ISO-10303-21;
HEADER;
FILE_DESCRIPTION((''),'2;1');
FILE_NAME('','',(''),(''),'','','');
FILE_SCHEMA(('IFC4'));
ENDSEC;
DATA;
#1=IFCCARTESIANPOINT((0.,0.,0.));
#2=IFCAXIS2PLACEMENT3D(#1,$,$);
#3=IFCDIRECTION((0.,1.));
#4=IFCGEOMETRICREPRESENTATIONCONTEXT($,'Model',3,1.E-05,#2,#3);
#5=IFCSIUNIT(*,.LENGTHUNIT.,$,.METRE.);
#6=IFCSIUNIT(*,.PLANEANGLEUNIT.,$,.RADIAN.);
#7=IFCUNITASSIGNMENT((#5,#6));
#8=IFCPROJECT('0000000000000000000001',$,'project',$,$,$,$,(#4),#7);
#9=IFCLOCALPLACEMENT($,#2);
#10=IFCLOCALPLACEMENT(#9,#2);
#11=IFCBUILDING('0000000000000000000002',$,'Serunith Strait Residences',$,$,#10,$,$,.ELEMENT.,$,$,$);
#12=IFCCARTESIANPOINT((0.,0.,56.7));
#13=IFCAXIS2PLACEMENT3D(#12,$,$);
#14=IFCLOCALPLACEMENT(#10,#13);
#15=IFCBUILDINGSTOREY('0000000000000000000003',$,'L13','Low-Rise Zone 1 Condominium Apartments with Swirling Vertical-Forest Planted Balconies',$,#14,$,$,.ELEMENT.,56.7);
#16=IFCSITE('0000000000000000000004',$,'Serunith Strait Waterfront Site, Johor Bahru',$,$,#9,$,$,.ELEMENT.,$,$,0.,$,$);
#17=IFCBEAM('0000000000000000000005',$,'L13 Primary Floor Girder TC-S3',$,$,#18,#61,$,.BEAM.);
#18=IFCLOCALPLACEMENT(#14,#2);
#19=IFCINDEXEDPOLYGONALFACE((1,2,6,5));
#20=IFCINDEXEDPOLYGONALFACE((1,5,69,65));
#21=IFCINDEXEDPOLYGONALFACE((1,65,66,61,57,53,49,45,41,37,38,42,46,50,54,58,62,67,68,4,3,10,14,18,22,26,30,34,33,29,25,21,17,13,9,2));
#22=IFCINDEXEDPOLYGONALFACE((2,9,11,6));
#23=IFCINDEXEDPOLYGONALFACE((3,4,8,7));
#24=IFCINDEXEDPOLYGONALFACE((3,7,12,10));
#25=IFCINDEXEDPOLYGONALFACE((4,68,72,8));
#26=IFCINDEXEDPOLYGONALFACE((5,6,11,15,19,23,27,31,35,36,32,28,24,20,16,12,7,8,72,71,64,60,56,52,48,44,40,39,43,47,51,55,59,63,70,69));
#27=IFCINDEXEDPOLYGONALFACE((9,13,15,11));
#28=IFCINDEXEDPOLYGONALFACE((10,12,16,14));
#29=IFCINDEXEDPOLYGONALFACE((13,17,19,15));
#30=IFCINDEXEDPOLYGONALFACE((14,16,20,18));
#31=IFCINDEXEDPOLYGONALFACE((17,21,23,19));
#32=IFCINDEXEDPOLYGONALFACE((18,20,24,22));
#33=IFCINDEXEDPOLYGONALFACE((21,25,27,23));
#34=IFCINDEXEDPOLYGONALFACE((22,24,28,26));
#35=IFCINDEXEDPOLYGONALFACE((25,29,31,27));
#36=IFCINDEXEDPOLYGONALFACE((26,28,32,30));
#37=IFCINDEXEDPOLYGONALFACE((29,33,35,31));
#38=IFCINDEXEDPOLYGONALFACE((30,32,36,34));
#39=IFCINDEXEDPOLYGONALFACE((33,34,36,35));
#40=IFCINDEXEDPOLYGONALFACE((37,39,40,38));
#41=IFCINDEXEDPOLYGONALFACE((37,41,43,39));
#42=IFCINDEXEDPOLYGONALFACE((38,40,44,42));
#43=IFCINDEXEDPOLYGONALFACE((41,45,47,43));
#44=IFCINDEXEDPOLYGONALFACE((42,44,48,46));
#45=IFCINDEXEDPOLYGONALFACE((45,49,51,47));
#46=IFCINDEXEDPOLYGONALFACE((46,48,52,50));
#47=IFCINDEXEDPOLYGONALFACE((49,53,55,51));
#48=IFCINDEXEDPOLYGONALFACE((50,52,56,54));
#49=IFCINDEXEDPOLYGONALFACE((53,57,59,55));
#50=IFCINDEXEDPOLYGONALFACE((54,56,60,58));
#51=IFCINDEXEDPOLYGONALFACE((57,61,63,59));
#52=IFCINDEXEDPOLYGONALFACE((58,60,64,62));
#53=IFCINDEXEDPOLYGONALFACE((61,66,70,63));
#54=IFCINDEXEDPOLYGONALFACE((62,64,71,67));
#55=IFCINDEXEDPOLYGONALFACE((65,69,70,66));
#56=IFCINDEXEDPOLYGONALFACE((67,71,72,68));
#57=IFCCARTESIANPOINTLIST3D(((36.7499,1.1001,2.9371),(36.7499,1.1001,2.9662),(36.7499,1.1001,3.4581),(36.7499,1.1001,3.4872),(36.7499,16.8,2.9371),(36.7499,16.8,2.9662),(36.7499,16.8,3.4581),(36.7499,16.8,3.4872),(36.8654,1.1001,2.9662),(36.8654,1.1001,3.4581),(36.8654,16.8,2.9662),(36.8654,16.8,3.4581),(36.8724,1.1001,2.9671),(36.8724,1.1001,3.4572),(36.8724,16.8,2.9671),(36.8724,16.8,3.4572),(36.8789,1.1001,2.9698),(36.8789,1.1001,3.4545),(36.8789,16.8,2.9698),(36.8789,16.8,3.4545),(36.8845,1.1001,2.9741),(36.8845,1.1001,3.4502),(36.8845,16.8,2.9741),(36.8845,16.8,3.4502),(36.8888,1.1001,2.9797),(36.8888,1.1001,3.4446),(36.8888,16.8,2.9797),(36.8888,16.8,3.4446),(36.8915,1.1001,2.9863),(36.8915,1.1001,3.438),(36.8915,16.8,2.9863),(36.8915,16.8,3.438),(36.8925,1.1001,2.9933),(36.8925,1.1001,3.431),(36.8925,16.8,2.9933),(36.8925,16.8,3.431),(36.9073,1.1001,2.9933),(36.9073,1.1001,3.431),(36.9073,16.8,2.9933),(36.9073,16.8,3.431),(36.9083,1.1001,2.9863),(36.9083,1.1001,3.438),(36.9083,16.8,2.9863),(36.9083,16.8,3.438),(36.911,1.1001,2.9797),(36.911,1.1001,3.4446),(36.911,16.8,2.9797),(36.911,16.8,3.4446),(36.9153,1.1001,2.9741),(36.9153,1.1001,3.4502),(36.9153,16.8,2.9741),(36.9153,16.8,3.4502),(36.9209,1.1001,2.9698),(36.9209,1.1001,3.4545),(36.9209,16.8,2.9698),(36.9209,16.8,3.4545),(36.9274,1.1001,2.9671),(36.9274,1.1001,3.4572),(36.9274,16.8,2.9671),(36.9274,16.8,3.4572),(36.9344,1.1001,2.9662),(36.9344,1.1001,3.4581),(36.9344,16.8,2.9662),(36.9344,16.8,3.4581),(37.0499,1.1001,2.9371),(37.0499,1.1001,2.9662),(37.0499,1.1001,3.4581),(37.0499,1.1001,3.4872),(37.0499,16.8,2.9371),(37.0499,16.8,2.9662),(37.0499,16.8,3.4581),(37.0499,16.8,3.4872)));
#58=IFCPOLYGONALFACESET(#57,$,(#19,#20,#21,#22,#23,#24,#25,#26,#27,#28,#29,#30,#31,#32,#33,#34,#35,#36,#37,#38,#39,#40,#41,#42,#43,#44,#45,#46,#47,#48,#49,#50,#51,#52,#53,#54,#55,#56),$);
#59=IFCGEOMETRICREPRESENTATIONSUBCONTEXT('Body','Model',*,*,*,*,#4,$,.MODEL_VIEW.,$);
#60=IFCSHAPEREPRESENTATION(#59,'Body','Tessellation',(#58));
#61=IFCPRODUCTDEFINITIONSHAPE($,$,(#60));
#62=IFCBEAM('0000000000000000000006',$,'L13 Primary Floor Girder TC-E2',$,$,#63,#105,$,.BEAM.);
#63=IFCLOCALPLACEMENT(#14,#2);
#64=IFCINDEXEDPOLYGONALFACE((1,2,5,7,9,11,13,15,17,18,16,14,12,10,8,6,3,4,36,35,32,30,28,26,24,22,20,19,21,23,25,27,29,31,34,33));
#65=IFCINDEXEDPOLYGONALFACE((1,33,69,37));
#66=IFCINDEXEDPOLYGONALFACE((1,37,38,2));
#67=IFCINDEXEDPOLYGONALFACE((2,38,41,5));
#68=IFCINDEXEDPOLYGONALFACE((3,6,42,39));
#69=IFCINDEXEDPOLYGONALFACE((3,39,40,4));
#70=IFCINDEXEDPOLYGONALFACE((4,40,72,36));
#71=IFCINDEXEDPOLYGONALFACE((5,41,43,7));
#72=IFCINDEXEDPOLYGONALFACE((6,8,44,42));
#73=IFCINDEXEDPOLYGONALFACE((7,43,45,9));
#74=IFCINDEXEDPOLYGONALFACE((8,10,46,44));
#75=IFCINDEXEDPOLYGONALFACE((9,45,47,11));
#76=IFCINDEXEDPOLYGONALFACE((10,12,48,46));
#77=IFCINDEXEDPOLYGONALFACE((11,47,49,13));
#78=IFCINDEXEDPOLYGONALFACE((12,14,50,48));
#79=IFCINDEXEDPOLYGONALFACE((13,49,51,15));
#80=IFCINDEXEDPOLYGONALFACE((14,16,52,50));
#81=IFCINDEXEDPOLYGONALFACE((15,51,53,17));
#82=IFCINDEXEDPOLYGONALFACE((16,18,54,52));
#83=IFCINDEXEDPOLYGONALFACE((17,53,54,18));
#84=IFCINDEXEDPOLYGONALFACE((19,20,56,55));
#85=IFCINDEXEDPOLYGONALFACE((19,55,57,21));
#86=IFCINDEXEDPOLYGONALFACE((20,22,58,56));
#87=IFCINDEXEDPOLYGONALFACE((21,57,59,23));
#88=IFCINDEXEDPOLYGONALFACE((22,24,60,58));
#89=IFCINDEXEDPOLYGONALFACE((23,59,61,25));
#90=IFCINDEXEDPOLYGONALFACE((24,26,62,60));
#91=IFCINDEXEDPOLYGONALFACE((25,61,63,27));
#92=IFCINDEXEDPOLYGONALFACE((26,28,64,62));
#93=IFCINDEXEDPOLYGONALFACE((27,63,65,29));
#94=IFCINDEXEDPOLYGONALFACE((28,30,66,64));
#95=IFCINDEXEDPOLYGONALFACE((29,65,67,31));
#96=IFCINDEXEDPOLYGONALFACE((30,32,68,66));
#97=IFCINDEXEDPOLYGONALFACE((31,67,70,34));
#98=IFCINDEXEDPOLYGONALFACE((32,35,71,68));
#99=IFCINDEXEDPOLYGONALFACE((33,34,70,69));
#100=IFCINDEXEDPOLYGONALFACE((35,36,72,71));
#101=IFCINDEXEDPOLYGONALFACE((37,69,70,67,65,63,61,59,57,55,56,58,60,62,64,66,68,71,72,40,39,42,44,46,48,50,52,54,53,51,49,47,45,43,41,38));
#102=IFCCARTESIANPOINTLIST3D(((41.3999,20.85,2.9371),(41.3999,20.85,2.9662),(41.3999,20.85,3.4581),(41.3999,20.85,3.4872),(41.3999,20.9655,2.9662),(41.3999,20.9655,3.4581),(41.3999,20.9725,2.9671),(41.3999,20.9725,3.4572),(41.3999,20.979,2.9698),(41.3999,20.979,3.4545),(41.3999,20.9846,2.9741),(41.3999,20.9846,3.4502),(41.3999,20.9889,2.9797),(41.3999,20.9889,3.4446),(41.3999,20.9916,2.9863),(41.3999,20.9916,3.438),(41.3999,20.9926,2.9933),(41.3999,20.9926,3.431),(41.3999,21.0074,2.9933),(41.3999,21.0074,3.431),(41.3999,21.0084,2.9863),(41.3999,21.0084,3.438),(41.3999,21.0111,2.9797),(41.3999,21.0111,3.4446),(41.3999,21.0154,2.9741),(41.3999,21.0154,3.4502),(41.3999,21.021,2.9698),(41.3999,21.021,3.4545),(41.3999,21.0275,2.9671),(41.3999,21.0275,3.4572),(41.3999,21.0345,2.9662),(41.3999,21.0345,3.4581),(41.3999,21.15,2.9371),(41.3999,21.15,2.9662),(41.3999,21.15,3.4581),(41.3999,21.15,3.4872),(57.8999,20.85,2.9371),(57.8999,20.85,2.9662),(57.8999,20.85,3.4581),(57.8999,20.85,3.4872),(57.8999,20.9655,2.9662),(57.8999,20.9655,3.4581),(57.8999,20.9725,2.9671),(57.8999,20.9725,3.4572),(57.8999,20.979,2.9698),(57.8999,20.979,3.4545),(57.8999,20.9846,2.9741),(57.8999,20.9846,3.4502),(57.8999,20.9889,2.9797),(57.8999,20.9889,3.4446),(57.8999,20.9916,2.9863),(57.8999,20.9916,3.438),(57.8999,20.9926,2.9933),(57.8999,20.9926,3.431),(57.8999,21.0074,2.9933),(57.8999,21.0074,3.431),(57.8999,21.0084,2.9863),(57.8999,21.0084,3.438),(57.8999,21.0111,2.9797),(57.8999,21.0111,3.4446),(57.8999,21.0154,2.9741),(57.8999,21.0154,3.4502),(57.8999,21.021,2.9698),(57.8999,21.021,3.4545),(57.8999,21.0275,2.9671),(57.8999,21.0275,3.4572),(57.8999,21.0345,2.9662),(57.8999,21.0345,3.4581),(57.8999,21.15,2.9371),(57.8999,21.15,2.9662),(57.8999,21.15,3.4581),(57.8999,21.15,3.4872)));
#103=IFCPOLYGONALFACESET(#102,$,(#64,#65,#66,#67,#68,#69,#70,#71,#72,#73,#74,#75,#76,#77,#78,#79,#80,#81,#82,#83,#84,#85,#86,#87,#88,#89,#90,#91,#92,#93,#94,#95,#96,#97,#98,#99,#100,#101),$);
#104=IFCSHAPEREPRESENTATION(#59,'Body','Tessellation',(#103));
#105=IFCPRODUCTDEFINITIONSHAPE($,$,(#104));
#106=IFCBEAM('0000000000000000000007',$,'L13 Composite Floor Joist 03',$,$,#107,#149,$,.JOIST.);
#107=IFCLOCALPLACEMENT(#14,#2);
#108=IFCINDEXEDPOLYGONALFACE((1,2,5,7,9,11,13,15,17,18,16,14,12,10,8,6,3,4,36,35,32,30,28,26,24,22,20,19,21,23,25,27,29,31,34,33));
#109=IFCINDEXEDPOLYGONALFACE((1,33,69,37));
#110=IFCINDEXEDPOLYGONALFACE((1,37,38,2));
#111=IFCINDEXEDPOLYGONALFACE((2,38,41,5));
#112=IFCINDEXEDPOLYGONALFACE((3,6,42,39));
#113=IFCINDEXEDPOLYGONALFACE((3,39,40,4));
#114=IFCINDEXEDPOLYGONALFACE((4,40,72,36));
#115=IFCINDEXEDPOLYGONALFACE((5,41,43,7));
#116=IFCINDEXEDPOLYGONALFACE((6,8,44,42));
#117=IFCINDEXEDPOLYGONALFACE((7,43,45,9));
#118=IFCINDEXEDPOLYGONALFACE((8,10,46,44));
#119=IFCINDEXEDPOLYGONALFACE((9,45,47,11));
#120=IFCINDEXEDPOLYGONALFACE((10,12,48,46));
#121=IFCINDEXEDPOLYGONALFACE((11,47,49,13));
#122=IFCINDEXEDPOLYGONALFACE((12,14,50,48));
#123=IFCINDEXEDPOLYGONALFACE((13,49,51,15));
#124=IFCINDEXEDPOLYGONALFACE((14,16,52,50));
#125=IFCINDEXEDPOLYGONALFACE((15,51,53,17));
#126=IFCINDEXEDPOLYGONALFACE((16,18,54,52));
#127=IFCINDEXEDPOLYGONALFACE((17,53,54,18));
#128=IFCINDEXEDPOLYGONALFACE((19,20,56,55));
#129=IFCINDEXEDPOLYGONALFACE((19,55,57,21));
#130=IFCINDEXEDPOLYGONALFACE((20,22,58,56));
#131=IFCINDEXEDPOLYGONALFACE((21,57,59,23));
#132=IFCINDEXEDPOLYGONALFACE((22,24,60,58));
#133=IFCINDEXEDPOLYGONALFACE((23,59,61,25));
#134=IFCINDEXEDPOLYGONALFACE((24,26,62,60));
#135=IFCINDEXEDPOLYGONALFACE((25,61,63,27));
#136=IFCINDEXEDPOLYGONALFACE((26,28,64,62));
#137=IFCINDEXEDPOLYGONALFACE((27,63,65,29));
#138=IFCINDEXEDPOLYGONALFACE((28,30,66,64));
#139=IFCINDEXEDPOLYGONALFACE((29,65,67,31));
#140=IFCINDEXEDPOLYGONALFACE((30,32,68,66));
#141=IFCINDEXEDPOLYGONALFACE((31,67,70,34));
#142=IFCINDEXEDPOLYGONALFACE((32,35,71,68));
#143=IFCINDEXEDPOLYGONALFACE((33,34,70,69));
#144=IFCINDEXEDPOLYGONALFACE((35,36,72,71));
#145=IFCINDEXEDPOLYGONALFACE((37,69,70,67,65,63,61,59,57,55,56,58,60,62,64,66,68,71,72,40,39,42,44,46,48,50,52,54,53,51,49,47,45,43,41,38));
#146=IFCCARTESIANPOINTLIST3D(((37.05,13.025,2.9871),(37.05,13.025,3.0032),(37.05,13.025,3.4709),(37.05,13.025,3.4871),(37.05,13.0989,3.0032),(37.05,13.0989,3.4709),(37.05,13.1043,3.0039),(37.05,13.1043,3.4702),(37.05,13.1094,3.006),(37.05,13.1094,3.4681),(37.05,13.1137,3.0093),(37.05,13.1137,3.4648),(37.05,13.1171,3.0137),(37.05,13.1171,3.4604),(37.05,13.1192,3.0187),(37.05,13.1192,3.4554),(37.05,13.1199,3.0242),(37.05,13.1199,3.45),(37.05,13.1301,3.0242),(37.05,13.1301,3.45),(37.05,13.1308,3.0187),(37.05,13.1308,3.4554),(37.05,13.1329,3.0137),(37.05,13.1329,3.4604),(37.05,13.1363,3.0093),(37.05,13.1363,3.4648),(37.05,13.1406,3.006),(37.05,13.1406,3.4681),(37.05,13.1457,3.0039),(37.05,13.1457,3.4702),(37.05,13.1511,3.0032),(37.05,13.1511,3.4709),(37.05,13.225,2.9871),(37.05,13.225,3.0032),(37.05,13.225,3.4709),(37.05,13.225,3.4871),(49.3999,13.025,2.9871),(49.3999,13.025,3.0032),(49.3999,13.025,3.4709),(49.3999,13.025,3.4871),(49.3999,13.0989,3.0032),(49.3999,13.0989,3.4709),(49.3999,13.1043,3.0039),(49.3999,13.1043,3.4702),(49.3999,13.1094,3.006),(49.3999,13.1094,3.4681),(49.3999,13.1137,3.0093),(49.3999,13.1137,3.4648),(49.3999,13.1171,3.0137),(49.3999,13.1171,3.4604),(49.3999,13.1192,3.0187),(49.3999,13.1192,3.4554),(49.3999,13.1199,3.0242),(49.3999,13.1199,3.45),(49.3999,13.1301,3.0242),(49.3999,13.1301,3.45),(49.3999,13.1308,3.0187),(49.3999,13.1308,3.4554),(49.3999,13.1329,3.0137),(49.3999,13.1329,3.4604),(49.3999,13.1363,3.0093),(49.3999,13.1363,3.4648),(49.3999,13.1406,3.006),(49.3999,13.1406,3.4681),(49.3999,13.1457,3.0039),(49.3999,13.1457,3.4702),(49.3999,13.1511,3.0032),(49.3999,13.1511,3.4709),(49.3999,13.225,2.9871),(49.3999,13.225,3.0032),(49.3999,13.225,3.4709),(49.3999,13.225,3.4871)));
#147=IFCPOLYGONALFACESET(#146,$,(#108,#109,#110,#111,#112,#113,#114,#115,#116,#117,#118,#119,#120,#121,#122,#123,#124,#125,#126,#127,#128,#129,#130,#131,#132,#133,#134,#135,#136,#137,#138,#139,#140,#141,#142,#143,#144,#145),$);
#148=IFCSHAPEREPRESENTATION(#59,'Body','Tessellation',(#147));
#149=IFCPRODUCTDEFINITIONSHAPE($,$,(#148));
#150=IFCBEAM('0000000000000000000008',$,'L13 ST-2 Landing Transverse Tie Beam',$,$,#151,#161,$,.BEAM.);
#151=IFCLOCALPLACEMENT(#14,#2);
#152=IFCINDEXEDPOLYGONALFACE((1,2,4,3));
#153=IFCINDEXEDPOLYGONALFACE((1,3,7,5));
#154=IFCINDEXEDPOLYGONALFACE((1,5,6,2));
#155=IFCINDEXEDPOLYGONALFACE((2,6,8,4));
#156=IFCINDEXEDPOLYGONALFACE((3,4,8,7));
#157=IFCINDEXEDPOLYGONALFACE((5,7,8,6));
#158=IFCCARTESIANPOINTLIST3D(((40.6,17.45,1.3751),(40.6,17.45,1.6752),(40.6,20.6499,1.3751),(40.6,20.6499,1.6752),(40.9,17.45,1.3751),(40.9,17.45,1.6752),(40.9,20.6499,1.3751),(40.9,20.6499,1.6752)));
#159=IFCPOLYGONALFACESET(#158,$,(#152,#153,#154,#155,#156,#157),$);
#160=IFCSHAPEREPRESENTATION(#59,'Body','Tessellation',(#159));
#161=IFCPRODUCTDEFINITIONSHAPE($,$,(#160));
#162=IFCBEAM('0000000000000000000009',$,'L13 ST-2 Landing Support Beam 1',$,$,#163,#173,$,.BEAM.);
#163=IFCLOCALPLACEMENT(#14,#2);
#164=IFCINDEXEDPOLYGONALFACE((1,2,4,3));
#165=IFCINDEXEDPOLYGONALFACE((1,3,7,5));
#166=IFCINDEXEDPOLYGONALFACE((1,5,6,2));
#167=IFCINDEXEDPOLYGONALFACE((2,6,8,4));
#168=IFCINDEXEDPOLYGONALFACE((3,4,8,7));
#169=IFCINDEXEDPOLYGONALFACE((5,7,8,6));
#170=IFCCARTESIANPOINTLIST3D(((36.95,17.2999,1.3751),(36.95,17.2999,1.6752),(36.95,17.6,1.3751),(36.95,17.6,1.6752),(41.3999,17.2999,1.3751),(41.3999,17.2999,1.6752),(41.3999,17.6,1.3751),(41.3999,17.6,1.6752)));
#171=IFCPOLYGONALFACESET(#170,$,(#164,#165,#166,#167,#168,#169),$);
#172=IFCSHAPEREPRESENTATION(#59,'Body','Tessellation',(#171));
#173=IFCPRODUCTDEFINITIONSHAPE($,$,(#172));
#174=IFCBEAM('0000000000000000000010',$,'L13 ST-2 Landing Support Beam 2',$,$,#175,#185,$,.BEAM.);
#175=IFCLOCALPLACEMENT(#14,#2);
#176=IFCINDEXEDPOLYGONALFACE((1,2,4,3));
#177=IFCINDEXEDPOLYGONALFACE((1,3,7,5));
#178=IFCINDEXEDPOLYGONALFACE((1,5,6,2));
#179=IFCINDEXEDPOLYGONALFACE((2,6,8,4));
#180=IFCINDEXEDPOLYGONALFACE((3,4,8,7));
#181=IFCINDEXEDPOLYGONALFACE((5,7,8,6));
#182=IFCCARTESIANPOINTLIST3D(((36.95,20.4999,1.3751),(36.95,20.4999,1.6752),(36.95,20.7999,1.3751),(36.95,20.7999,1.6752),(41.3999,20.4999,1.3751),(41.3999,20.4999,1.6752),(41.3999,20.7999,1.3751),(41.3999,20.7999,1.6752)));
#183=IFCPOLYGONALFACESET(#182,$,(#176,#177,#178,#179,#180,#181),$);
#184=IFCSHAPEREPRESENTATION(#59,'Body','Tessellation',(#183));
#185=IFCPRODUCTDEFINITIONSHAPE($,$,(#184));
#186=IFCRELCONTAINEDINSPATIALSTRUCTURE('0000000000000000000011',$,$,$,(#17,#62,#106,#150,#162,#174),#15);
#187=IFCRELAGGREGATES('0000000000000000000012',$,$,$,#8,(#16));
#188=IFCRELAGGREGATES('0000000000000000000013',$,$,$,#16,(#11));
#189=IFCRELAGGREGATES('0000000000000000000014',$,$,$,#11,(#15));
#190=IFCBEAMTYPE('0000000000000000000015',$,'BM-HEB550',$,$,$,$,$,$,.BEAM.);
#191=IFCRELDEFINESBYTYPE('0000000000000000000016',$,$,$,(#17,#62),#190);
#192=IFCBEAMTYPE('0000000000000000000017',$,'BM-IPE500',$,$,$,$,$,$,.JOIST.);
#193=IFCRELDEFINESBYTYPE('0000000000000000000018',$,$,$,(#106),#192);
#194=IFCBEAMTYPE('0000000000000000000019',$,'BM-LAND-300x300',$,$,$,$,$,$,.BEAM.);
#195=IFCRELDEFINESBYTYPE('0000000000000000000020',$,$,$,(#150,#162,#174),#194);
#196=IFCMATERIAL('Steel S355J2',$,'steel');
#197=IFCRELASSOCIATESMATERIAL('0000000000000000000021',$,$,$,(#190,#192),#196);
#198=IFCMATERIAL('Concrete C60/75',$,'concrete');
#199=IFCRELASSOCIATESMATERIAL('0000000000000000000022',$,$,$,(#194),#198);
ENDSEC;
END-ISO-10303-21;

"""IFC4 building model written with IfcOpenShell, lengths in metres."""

from ifc_helpers import new_model, si_unit, direction, frame, origin, origin_2d, place, context, subcontext, project, spatial, rectangle, i_section, extrude, source, transform, mapped, material, material_profile, profile_set, type_object, element, save


model = new_model("IFC4")

# Units and contexts
model_context = context("Model", 3, precision=1e-05, world=origin(), true_north=direction((0.0, 1.0)))
body_context = subcontext(model_context, "Body", "Model", "MODEL_VIEW")
ifc_project = project(units=[si_unit("LENGTHUNIT", "METRE"), si_unit("PLANEANGLEUNIT", "RADIAN")], contexts=[model_context])

# Site, building, storey
site_placement = place(None, origin())
site = spatial("IfcSite", under=ifc_project, at=site_placement, Name="Serunith Strait Waterfront Site, Johor Bahru", CompositionType="ELEMENT", RefElevation=0.0)
building_placement = place(site_placement, origin())
building = spatial("IfcBuilding", under=site, at=building_placement, Name="Serunith Strait Residences", CompositionType="ELEMENT")
storey_placement = place(building_placement, frame((0.0, 0.0, 56.7)))
storey = spatial("IfcBuildingStorey", under=building, at=storey_placement, Name="L13", Description="Low-Rise Zone 1 Condominium Apartments with Swirling Vertical-Forest Planted Balconies", CompositionType="ELEMENT", Elevation=56.7)

# Beams
ifc_material_1 = material(Name="Steel S355J2", Category="steel")
ifc_material_profile_1 = material_profile(ifc_material_1, i_section(OverallWidth=0.3, OverallDepth=0.55, WebThickness=0.0149, FlangeThickness=0.0291, FilletRadius=0.0271, at=origin_2d()), Name="HEB 550")
ifc_profile_set_1 = profile_set([ifc_material_profile_1], Name="Steel S355J2")
beam_type_1 = type_object("IfcBeamType", Name="BM-HEB550", PredefinedType="BEAM", material=ifc_profile_set_1)
shared_shape_1 = source(origin(), body_context, "Body", "SweptSolid", [
    extrude(i_section(OverallWidth=0.3, OverallDepth=0.55, WebThickness=0.0149, FlangeThickness=0.0291, FilletRadius=0.0271, at=origin_2d()), origin(), (0.0, 0.0, 1.0), 15.7),
])
beam_1_placement = place(storey_placement, frame((36.8999, 16.8, 3.2122), z_axis=(0.0, -1.0, 0.0), x_axis=(1.0, 0.0, 0.0)))
element("IfcBeam", 1, at=beam_1_placement, inside=storey, type_object=beam_type_1, Name="L13 Primary Floor Girder TC-S3", PredefinedType="BEAM", context=body_context, shape_type="MappedRepresentation", body=[
    mapped(shared_shape_1, transform((0.0, 0.0, 0.0), scale=1.0)),
])
shared_shape_2 = source(origin(), body_context, "Body", "SweptSolid", [
    extrude(i_section(OverallWidth=0.3, OverallDepth=0.55, WebThickness=0.0149, FlangeThickness=0.0291, FilletRadius=0.0271, at=origin_2d()), origin(), (0.0, 0.0, 1.0), 16.5),
])
beam_2_placement = place(storey_placement, frame((41.3999, 21.0, 3.2122), z_axis=(1.0, 0.0, 0.0), x_axis=(0.0, 1.0, 0.0)))
element("IfcBeam", 2, at=beam_2_placement, inside=storey, type_object=beam_type_1, Name="L13 Primary Floor Girder TC-E2", PredefinedType="BEAM", context=body_context, shape_type="MappedRepresentation", body=[
    mapped(shared_shape_2, transform((0.0, 0.0, 0.0), scale=1.0)),
])
ifc_material_profile_2 = material_profile(ifc_material_1, i_section(OverallWidth=0.2, OverallDepth=0.5, WebThickness=0.0103, FlangeThickness=0.0161, FilletRadius=0.021, at=origin_2d()), Name="IPE 500")
ifc_profile_set_2 = profile_set([ifc_material_profile_2], Name="Steel S355J2")
beam_type_2 = type_object("IfcBeamType", Name="BM-IPE500", PredefinedType="JOIST", material=ifc_profile_set_2)
shared_shape_3 = source(origin(), body_context, "Body", "SweptSolid", [
    extrude(i_section(OverallWidth=0.2, OverallDepth=0.5, WebThickness=0.0103, FlangeThickness=0.0161, FilletRadius=0.021, at=origin_2d()), origin(), (0.0, 0.0, 1.0), 12.3499),
])
beam_3_placement = place(storey_placement, frame((37.05, 13.125, 3.2371), z_axis=(1.0, 0.0, 0.0), x_axis=(0.0, 1.0, 0.0)))
element("IfcBeam", 3, at=beam_3_placement, inside=storey, type_object=beam_type_2, Name="L13 Composite Floor Joist 03", PredefinedType="JOIST", context=body_context, shape_type="MappedRepresentation", body=[
    mapped(shared_shape_3, transform((0.0, 0.0, 0.0), scale=1.0)),
])
ifc_material_2 = material(Name="Concrete C60/75", Category="concrete")
ifc_material_profile_3 = material_profile(ifc_material_2, rectangle(XDim=0.3, YDim=0.3, at=origin_2d()), Name="RC 300x300")
ifc_profile_set_3 = profile_set([ifc_material_profile_3], Name="Concrete C60/75")
beam_type_3 = type_object("IfcBeamType", Name="BM-LAND-300x300", PredefinedType="BEAM", material=ifc_profile_set_3)
shared_shape_4 = source(origin(), body_context, "Body", "SweptSolid", [
    extrude(rectangle(XDim=0.3, YDim=0.3, at=origin_2d()), origin(), (0.0, 0.0, 1.0), 3.2),
])
beam_4_placement = place(storey_placement, frame((40.75, 17.45, 1.5251), z_axis=(0.0, 1.0, 0.0), x_axis=(-1.0, 0.0, 0.0)))
element("IfcBeam", 4, at=beam_4_placement, inside=storey, type_object=beam_type_3, Name="L13 ST-2 Landing Transverse Tie Beam", PredefinedType="BEAM", context=body_context, shape_type="MappedRepresentation", body=[
    mapped(shared_shape_4, transform((0.0, 0.0, 0.0), scale=1.0)),
])
shared_shape_5 = source(origin(), body_context, "Body", "SweptSolid", [
    extrude(rectangle(XDim=0.3, YDim=0.3, at=origin_2d()), origin(), (0.0, 0.0, 1.0), 4.45),
])
for number, where, z_axis, x_axis, name in (
    (5, (36.95, 17.45, 1.5251), (1.0, 0.0, 0.0), (0.0, 1.0, 0.0), "L13 ST-2 Landing Support Beam 1"),
    (6, (36.95, 20.6499, 1.5251), (1.0, 0.0, 0.0), (0.0, 1.0, 0.0), "L13 ST-2 Landing Support Beam 2"),
):
    element("IfcBeam", number, at=place(storey_placement, frame(where, z_axis=z_axis, x_axis=x_axis)), inside=storey, type_object=beam_type_3, Name=name, PredefinedType="BEAM", context=body_context, shape_type="MappedRepresentation", body=[
        mapped(shared_shape_5, transform((0.0, 0.0, 0.0), scale=1.0)),
    ])

save(model, "model.ifc")
